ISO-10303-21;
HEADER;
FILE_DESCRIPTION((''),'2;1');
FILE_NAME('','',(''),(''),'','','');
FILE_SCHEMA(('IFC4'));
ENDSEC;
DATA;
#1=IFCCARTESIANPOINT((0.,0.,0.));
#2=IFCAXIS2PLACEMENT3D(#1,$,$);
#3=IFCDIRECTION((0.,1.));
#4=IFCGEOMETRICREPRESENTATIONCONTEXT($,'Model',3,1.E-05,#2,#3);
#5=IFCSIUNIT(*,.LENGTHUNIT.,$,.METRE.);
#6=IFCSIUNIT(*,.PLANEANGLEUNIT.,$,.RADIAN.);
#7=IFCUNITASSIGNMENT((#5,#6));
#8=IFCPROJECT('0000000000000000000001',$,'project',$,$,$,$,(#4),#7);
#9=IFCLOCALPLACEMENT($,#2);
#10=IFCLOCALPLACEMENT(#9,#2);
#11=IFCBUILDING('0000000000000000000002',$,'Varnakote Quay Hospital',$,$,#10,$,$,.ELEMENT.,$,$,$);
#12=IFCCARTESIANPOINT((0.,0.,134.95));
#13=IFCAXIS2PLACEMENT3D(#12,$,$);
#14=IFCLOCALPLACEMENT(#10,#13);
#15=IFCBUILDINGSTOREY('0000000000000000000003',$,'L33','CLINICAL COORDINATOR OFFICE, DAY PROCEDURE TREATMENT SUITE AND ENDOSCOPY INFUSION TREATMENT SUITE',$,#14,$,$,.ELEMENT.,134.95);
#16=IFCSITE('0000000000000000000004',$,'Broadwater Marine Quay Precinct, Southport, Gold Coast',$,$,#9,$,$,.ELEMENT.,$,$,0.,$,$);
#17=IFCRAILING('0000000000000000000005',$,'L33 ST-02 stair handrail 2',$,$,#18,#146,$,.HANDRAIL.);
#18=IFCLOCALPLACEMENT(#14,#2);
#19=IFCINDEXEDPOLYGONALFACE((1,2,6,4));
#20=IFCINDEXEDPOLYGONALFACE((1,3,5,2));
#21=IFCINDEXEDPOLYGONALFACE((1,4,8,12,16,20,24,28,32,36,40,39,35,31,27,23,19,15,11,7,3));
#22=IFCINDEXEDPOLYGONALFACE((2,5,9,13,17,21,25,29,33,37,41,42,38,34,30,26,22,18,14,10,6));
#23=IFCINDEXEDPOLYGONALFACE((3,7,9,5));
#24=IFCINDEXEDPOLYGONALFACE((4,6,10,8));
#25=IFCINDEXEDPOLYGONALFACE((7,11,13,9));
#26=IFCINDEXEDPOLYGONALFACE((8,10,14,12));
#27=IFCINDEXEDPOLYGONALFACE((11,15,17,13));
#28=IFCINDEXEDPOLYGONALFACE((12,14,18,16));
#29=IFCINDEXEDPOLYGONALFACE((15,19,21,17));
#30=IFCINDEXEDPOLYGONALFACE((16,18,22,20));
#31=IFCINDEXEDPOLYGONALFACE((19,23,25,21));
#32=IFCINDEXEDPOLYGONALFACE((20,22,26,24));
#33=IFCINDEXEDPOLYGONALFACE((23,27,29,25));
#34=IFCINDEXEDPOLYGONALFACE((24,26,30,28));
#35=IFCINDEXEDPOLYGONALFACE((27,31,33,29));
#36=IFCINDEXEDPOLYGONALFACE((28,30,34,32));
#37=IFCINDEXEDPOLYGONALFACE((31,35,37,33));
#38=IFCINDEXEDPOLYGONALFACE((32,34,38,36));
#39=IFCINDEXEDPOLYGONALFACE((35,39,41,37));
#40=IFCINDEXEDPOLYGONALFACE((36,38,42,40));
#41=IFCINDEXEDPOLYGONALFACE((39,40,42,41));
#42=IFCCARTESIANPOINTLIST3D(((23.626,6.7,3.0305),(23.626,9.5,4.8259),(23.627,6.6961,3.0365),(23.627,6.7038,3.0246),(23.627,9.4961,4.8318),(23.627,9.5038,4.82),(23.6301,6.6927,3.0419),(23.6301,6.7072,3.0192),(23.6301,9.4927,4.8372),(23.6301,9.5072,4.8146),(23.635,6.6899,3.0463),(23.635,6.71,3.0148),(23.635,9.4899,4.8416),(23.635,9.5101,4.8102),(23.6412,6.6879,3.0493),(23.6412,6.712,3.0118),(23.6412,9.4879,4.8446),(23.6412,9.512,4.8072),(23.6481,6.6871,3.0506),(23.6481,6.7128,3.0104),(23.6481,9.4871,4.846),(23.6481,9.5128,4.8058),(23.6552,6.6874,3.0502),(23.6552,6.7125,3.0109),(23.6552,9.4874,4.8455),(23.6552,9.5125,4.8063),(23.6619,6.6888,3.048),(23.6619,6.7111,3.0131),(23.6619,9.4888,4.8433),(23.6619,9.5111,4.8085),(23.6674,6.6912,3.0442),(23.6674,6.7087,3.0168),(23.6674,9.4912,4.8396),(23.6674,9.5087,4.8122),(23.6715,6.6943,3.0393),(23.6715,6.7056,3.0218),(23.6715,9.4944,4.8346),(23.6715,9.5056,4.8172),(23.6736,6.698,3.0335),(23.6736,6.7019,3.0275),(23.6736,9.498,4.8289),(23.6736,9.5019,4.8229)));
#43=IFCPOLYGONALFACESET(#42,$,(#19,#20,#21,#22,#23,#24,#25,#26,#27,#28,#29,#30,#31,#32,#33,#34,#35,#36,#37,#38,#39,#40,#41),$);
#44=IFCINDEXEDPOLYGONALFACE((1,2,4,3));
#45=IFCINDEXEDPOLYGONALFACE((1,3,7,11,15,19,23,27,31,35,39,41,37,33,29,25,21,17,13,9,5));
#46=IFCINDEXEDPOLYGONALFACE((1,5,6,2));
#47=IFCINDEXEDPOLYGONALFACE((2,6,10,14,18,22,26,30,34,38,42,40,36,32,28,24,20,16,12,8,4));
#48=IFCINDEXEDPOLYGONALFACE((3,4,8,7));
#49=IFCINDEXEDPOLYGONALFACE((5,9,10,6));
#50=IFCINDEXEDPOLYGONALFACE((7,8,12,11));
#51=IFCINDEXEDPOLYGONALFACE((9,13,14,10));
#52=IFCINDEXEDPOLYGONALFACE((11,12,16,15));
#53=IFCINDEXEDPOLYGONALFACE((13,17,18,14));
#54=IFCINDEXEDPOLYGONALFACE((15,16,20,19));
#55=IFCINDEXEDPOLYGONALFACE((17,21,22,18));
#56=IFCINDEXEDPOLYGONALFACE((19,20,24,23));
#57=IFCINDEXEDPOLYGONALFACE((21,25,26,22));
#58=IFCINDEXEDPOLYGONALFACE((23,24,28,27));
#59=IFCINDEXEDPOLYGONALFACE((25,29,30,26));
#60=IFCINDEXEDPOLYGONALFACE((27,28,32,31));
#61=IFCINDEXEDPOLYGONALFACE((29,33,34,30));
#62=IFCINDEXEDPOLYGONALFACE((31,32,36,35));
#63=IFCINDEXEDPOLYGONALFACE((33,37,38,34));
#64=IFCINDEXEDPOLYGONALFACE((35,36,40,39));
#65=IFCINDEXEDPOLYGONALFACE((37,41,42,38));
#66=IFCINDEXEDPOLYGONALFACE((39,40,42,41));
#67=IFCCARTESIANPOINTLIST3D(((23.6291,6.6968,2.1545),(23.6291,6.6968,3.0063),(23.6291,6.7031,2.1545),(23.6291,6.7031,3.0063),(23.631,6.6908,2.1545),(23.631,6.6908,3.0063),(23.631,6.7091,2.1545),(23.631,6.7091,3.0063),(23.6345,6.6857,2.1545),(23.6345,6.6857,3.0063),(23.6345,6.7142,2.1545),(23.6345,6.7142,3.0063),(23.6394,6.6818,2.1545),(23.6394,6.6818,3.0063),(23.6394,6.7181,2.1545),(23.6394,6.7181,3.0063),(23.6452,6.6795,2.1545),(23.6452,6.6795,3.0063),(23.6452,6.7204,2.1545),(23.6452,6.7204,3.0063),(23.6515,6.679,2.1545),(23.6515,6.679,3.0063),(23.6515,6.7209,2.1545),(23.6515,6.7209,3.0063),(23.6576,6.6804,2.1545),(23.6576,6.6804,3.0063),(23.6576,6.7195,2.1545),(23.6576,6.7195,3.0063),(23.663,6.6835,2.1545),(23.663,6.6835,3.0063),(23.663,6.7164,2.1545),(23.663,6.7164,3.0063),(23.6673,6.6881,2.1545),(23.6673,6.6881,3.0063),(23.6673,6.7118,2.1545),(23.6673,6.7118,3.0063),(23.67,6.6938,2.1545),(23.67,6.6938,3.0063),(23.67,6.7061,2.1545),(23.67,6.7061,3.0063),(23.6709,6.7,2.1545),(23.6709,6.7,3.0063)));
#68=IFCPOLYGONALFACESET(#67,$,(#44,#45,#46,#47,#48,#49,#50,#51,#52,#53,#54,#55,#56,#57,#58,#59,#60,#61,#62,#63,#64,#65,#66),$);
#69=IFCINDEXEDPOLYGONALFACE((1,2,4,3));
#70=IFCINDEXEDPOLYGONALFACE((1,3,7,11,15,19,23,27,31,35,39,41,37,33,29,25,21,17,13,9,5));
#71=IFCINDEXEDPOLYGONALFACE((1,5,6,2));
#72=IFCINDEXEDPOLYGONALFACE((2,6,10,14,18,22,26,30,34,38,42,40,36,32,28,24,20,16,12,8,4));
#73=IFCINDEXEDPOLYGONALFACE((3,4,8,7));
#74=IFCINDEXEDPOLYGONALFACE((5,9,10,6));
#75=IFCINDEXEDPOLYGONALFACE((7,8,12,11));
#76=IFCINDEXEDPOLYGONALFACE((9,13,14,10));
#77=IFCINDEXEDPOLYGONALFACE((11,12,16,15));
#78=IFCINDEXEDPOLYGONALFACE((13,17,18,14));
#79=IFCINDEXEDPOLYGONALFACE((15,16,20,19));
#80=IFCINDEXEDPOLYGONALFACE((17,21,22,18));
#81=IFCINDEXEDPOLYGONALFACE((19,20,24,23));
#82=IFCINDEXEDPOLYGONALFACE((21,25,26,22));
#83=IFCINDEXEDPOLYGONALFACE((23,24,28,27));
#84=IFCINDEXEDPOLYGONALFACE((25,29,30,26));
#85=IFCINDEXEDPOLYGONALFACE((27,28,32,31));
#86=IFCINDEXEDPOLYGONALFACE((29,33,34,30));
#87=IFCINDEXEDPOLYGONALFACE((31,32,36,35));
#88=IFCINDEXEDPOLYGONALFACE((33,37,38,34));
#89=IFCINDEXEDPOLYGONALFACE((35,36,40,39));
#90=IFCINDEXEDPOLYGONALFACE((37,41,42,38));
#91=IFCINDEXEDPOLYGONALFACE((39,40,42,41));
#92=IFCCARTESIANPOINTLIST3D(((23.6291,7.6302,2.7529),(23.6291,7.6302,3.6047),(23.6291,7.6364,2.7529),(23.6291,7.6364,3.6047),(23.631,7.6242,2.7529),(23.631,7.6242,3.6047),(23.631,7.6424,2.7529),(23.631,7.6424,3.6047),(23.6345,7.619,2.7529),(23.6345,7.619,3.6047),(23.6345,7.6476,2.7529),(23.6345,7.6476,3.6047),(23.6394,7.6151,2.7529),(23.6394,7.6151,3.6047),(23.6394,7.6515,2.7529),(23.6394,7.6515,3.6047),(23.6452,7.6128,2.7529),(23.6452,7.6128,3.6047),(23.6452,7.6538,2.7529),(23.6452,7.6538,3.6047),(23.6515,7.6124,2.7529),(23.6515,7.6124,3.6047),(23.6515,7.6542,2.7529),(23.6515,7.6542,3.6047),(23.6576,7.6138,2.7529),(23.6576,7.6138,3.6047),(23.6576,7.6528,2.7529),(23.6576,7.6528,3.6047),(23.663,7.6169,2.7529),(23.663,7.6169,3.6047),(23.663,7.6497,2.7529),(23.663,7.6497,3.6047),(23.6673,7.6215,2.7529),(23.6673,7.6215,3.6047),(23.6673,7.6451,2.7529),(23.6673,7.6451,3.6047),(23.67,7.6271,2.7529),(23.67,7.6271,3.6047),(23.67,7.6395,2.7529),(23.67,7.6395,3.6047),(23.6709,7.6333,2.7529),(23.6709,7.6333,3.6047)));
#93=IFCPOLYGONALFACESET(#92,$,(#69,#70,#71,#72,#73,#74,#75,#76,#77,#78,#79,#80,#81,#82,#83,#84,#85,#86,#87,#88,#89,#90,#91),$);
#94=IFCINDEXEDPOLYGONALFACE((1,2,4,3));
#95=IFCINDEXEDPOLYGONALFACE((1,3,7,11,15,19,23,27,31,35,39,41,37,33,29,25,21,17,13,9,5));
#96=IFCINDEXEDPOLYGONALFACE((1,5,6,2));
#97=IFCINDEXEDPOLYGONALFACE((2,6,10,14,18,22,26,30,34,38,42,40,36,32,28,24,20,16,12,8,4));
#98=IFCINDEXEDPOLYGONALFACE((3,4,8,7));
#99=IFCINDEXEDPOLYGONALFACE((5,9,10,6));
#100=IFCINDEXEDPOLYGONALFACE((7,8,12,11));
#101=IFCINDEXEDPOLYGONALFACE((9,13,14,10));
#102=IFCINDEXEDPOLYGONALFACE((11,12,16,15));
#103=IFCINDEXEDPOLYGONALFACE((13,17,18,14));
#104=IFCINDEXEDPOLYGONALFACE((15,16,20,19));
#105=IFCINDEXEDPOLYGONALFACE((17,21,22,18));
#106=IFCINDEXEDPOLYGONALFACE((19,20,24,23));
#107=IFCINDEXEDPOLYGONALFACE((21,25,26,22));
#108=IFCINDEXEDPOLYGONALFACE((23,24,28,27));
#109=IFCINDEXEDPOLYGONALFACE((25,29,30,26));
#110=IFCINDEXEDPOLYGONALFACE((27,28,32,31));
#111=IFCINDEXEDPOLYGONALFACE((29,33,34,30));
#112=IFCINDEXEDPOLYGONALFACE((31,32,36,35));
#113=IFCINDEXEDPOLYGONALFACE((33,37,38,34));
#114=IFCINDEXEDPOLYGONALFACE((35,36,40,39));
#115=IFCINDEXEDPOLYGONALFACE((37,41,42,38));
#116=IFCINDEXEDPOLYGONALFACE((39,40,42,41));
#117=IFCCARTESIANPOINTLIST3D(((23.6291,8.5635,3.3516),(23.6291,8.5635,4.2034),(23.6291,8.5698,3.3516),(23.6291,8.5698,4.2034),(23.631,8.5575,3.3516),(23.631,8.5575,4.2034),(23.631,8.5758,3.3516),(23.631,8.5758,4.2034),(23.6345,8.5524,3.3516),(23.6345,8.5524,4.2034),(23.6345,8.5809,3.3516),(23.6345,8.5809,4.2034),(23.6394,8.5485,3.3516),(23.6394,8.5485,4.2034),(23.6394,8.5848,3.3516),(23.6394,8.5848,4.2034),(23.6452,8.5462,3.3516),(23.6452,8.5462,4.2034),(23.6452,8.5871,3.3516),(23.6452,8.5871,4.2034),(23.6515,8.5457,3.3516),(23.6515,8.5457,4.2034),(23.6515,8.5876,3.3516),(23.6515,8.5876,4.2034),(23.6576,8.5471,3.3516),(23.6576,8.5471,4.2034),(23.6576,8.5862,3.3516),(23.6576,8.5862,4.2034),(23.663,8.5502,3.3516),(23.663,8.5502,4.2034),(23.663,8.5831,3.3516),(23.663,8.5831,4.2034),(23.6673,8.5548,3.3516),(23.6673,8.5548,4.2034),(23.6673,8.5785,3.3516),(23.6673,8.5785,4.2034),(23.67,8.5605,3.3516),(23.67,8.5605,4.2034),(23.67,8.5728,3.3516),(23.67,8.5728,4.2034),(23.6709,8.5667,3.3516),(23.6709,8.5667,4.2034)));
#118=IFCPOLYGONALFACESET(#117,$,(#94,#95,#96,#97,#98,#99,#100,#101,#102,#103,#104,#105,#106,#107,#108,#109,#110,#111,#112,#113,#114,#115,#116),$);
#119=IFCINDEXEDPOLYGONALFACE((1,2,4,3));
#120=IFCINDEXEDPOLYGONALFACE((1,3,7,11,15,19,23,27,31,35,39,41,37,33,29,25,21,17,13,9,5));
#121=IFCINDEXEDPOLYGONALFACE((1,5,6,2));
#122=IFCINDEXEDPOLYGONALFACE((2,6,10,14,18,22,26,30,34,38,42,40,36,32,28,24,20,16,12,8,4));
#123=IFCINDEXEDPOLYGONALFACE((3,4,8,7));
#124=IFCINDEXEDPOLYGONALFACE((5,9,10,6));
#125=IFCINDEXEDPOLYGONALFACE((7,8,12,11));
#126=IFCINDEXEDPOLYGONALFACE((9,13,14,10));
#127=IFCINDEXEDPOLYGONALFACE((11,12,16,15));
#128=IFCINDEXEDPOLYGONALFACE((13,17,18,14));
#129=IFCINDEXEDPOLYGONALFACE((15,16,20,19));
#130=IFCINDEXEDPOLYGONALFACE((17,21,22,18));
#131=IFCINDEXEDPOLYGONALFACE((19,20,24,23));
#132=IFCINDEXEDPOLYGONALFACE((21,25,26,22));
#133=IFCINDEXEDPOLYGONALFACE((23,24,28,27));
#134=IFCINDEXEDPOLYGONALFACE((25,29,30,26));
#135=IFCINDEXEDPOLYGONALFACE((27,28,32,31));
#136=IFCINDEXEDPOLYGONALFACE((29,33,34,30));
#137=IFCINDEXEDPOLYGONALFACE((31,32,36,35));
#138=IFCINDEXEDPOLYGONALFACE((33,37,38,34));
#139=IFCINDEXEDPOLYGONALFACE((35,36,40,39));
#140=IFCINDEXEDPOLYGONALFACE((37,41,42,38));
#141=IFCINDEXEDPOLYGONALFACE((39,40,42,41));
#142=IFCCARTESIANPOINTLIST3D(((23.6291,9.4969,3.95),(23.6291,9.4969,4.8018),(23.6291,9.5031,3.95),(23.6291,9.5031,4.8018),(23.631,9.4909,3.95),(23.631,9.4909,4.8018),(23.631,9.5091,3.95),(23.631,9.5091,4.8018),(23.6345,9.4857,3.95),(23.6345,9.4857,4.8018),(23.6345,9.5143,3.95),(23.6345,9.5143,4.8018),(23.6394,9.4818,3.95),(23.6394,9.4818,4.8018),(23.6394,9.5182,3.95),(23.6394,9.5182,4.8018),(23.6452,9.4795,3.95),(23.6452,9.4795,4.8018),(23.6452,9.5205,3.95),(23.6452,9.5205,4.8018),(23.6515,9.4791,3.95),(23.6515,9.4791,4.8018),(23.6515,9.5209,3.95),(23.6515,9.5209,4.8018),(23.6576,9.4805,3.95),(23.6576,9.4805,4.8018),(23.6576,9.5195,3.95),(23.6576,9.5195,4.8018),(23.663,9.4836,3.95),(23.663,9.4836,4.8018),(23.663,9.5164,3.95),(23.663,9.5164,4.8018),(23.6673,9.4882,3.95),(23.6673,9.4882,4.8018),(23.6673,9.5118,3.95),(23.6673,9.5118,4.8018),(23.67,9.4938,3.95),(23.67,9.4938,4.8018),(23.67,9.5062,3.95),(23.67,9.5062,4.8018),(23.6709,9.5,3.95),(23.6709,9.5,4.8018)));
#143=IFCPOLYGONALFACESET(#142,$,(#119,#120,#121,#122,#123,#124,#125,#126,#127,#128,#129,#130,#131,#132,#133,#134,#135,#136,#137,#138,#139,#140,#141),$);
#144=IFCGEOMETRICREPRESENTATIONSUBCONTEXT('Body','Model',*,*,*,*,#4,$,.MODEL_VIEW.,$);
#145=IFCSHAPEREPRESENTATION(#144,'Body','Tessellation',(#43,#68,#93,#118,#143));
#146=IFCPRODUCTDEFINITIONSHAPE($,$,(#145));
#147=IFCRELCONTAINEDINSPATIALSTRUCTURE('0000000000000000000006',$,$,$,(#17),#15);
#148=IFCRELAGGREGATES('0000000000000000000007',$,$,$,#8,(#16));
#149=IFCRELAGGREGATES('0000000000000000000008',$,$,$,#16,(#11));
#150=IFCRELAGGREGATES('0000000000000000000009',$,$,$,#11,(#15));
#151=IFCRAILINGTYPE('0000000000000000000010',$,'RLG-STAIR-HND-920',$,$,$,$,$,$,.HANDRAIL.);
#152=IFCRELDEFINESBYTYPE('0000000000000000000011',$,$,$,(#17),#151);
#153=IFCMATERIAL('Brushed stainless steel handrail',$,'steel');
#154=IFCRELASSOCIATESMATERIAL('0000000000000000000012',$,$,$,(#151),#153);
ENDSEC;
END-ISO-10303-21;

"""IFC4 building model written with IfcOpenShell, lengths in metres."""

from ifc_helpers import new_model, si_unit, direction, frame, origin, origin_2d, place, context, subcontext, project, spatial, circle, extrude, material, type_object, element, save


model = new_model("IFC4")

# Units and contexts
model_context = context("Model", 3, precision=1e-05, world=origin(), true_north=direction((0.0, 1.0)))
body_context = subcontext(model_context, "Body", "Model", "MODEL_VIEW")
ifc_project = project(units=[si_unit("LENGTHUNIT", "METRE"), si_unit("PLANEANGLEUNIT", "RADIAN")], contexts=[model_context])

# Site, building, storey
site_placement = place(None, origin())
site = spatial("IfcSite", under=ifc_project, at=site_placement, Name="Broadwater Marine Quay Precinct, Southport, Gold Coast", CompositionType="ELEMENT", RefElevation=0.0)
building_placement = place(site_placement, origin())
building = spatial("IfcBuilding", under=site, at=building_placement, Name="Varnakote Quay Hospital", CompositionType="ELEMENT")
storey_placement = place(building_placement, frame((0.0, 0.0, 134.95)))
storey = spatial("IfcBuildingStorey", under=building, at=storey_placement, Name="L33", Description="CLINICAL COORDINATOR OFFICE, DAY PROCEDURE TREATMENT SUITE AND ENDOSCOPY INFUSION TREATMENT SUITE", CompositionType="ELEMENT", Elevation=134.95)

# Railing
ifc_material_1 = material(Name="Brushed stainless steel handrail", Category="steel")
railing_type_1 = type_object("IfcRailingType", Name="RLG-STAIR-HND-920", PredefinedType="HANDRAIL", material=ifc_material_1)
railing_1_placement = place(storey_placement, frame((23.6499, 6.7, 2.1545)))
element("IfcRailing", 1, at=railing_1_placement, inside=storey, type_object=railing_type_1, Name="L33 ST-02 stair handrail 2", PredefinedType="HANDRAIL", context=body_context, shape_type="SweptSolid", body=[
    extrude(circle(Radius=0.0239, at=origin_2d()), frame((0.0, 0.0, 0.876), z_axis=(0.0, 0.84181, 0.539774), x_axis=(-1.0, 0.0, 0.0)), (0.0, 0.0, 1.0), 3.3262),
    extrude(circle(Radius=0.021, at=origin_2d()), origin(), (0.0, 0.0, 1.0), 0.8518),
    extrude(circle(Radius=0.021, at=origin_2d()), frame((0.0, 0.9333, 0.5984)), (0.0, 0.0, 1.0), 0.8518),
    extrude(circle(Radius=0.021, at=origin_2d()), frame((0.0, 1.8667, 1.197)), (0.0, 0.0, 1.0), 0.8518),
    extrude(circle(Radius=0.021, at=origin_2d()), frame((0.0, 2.8, 1.7954)), (0.0, 0.0, 1.0), 0.8518),
])

save(model, "model.ifc")
